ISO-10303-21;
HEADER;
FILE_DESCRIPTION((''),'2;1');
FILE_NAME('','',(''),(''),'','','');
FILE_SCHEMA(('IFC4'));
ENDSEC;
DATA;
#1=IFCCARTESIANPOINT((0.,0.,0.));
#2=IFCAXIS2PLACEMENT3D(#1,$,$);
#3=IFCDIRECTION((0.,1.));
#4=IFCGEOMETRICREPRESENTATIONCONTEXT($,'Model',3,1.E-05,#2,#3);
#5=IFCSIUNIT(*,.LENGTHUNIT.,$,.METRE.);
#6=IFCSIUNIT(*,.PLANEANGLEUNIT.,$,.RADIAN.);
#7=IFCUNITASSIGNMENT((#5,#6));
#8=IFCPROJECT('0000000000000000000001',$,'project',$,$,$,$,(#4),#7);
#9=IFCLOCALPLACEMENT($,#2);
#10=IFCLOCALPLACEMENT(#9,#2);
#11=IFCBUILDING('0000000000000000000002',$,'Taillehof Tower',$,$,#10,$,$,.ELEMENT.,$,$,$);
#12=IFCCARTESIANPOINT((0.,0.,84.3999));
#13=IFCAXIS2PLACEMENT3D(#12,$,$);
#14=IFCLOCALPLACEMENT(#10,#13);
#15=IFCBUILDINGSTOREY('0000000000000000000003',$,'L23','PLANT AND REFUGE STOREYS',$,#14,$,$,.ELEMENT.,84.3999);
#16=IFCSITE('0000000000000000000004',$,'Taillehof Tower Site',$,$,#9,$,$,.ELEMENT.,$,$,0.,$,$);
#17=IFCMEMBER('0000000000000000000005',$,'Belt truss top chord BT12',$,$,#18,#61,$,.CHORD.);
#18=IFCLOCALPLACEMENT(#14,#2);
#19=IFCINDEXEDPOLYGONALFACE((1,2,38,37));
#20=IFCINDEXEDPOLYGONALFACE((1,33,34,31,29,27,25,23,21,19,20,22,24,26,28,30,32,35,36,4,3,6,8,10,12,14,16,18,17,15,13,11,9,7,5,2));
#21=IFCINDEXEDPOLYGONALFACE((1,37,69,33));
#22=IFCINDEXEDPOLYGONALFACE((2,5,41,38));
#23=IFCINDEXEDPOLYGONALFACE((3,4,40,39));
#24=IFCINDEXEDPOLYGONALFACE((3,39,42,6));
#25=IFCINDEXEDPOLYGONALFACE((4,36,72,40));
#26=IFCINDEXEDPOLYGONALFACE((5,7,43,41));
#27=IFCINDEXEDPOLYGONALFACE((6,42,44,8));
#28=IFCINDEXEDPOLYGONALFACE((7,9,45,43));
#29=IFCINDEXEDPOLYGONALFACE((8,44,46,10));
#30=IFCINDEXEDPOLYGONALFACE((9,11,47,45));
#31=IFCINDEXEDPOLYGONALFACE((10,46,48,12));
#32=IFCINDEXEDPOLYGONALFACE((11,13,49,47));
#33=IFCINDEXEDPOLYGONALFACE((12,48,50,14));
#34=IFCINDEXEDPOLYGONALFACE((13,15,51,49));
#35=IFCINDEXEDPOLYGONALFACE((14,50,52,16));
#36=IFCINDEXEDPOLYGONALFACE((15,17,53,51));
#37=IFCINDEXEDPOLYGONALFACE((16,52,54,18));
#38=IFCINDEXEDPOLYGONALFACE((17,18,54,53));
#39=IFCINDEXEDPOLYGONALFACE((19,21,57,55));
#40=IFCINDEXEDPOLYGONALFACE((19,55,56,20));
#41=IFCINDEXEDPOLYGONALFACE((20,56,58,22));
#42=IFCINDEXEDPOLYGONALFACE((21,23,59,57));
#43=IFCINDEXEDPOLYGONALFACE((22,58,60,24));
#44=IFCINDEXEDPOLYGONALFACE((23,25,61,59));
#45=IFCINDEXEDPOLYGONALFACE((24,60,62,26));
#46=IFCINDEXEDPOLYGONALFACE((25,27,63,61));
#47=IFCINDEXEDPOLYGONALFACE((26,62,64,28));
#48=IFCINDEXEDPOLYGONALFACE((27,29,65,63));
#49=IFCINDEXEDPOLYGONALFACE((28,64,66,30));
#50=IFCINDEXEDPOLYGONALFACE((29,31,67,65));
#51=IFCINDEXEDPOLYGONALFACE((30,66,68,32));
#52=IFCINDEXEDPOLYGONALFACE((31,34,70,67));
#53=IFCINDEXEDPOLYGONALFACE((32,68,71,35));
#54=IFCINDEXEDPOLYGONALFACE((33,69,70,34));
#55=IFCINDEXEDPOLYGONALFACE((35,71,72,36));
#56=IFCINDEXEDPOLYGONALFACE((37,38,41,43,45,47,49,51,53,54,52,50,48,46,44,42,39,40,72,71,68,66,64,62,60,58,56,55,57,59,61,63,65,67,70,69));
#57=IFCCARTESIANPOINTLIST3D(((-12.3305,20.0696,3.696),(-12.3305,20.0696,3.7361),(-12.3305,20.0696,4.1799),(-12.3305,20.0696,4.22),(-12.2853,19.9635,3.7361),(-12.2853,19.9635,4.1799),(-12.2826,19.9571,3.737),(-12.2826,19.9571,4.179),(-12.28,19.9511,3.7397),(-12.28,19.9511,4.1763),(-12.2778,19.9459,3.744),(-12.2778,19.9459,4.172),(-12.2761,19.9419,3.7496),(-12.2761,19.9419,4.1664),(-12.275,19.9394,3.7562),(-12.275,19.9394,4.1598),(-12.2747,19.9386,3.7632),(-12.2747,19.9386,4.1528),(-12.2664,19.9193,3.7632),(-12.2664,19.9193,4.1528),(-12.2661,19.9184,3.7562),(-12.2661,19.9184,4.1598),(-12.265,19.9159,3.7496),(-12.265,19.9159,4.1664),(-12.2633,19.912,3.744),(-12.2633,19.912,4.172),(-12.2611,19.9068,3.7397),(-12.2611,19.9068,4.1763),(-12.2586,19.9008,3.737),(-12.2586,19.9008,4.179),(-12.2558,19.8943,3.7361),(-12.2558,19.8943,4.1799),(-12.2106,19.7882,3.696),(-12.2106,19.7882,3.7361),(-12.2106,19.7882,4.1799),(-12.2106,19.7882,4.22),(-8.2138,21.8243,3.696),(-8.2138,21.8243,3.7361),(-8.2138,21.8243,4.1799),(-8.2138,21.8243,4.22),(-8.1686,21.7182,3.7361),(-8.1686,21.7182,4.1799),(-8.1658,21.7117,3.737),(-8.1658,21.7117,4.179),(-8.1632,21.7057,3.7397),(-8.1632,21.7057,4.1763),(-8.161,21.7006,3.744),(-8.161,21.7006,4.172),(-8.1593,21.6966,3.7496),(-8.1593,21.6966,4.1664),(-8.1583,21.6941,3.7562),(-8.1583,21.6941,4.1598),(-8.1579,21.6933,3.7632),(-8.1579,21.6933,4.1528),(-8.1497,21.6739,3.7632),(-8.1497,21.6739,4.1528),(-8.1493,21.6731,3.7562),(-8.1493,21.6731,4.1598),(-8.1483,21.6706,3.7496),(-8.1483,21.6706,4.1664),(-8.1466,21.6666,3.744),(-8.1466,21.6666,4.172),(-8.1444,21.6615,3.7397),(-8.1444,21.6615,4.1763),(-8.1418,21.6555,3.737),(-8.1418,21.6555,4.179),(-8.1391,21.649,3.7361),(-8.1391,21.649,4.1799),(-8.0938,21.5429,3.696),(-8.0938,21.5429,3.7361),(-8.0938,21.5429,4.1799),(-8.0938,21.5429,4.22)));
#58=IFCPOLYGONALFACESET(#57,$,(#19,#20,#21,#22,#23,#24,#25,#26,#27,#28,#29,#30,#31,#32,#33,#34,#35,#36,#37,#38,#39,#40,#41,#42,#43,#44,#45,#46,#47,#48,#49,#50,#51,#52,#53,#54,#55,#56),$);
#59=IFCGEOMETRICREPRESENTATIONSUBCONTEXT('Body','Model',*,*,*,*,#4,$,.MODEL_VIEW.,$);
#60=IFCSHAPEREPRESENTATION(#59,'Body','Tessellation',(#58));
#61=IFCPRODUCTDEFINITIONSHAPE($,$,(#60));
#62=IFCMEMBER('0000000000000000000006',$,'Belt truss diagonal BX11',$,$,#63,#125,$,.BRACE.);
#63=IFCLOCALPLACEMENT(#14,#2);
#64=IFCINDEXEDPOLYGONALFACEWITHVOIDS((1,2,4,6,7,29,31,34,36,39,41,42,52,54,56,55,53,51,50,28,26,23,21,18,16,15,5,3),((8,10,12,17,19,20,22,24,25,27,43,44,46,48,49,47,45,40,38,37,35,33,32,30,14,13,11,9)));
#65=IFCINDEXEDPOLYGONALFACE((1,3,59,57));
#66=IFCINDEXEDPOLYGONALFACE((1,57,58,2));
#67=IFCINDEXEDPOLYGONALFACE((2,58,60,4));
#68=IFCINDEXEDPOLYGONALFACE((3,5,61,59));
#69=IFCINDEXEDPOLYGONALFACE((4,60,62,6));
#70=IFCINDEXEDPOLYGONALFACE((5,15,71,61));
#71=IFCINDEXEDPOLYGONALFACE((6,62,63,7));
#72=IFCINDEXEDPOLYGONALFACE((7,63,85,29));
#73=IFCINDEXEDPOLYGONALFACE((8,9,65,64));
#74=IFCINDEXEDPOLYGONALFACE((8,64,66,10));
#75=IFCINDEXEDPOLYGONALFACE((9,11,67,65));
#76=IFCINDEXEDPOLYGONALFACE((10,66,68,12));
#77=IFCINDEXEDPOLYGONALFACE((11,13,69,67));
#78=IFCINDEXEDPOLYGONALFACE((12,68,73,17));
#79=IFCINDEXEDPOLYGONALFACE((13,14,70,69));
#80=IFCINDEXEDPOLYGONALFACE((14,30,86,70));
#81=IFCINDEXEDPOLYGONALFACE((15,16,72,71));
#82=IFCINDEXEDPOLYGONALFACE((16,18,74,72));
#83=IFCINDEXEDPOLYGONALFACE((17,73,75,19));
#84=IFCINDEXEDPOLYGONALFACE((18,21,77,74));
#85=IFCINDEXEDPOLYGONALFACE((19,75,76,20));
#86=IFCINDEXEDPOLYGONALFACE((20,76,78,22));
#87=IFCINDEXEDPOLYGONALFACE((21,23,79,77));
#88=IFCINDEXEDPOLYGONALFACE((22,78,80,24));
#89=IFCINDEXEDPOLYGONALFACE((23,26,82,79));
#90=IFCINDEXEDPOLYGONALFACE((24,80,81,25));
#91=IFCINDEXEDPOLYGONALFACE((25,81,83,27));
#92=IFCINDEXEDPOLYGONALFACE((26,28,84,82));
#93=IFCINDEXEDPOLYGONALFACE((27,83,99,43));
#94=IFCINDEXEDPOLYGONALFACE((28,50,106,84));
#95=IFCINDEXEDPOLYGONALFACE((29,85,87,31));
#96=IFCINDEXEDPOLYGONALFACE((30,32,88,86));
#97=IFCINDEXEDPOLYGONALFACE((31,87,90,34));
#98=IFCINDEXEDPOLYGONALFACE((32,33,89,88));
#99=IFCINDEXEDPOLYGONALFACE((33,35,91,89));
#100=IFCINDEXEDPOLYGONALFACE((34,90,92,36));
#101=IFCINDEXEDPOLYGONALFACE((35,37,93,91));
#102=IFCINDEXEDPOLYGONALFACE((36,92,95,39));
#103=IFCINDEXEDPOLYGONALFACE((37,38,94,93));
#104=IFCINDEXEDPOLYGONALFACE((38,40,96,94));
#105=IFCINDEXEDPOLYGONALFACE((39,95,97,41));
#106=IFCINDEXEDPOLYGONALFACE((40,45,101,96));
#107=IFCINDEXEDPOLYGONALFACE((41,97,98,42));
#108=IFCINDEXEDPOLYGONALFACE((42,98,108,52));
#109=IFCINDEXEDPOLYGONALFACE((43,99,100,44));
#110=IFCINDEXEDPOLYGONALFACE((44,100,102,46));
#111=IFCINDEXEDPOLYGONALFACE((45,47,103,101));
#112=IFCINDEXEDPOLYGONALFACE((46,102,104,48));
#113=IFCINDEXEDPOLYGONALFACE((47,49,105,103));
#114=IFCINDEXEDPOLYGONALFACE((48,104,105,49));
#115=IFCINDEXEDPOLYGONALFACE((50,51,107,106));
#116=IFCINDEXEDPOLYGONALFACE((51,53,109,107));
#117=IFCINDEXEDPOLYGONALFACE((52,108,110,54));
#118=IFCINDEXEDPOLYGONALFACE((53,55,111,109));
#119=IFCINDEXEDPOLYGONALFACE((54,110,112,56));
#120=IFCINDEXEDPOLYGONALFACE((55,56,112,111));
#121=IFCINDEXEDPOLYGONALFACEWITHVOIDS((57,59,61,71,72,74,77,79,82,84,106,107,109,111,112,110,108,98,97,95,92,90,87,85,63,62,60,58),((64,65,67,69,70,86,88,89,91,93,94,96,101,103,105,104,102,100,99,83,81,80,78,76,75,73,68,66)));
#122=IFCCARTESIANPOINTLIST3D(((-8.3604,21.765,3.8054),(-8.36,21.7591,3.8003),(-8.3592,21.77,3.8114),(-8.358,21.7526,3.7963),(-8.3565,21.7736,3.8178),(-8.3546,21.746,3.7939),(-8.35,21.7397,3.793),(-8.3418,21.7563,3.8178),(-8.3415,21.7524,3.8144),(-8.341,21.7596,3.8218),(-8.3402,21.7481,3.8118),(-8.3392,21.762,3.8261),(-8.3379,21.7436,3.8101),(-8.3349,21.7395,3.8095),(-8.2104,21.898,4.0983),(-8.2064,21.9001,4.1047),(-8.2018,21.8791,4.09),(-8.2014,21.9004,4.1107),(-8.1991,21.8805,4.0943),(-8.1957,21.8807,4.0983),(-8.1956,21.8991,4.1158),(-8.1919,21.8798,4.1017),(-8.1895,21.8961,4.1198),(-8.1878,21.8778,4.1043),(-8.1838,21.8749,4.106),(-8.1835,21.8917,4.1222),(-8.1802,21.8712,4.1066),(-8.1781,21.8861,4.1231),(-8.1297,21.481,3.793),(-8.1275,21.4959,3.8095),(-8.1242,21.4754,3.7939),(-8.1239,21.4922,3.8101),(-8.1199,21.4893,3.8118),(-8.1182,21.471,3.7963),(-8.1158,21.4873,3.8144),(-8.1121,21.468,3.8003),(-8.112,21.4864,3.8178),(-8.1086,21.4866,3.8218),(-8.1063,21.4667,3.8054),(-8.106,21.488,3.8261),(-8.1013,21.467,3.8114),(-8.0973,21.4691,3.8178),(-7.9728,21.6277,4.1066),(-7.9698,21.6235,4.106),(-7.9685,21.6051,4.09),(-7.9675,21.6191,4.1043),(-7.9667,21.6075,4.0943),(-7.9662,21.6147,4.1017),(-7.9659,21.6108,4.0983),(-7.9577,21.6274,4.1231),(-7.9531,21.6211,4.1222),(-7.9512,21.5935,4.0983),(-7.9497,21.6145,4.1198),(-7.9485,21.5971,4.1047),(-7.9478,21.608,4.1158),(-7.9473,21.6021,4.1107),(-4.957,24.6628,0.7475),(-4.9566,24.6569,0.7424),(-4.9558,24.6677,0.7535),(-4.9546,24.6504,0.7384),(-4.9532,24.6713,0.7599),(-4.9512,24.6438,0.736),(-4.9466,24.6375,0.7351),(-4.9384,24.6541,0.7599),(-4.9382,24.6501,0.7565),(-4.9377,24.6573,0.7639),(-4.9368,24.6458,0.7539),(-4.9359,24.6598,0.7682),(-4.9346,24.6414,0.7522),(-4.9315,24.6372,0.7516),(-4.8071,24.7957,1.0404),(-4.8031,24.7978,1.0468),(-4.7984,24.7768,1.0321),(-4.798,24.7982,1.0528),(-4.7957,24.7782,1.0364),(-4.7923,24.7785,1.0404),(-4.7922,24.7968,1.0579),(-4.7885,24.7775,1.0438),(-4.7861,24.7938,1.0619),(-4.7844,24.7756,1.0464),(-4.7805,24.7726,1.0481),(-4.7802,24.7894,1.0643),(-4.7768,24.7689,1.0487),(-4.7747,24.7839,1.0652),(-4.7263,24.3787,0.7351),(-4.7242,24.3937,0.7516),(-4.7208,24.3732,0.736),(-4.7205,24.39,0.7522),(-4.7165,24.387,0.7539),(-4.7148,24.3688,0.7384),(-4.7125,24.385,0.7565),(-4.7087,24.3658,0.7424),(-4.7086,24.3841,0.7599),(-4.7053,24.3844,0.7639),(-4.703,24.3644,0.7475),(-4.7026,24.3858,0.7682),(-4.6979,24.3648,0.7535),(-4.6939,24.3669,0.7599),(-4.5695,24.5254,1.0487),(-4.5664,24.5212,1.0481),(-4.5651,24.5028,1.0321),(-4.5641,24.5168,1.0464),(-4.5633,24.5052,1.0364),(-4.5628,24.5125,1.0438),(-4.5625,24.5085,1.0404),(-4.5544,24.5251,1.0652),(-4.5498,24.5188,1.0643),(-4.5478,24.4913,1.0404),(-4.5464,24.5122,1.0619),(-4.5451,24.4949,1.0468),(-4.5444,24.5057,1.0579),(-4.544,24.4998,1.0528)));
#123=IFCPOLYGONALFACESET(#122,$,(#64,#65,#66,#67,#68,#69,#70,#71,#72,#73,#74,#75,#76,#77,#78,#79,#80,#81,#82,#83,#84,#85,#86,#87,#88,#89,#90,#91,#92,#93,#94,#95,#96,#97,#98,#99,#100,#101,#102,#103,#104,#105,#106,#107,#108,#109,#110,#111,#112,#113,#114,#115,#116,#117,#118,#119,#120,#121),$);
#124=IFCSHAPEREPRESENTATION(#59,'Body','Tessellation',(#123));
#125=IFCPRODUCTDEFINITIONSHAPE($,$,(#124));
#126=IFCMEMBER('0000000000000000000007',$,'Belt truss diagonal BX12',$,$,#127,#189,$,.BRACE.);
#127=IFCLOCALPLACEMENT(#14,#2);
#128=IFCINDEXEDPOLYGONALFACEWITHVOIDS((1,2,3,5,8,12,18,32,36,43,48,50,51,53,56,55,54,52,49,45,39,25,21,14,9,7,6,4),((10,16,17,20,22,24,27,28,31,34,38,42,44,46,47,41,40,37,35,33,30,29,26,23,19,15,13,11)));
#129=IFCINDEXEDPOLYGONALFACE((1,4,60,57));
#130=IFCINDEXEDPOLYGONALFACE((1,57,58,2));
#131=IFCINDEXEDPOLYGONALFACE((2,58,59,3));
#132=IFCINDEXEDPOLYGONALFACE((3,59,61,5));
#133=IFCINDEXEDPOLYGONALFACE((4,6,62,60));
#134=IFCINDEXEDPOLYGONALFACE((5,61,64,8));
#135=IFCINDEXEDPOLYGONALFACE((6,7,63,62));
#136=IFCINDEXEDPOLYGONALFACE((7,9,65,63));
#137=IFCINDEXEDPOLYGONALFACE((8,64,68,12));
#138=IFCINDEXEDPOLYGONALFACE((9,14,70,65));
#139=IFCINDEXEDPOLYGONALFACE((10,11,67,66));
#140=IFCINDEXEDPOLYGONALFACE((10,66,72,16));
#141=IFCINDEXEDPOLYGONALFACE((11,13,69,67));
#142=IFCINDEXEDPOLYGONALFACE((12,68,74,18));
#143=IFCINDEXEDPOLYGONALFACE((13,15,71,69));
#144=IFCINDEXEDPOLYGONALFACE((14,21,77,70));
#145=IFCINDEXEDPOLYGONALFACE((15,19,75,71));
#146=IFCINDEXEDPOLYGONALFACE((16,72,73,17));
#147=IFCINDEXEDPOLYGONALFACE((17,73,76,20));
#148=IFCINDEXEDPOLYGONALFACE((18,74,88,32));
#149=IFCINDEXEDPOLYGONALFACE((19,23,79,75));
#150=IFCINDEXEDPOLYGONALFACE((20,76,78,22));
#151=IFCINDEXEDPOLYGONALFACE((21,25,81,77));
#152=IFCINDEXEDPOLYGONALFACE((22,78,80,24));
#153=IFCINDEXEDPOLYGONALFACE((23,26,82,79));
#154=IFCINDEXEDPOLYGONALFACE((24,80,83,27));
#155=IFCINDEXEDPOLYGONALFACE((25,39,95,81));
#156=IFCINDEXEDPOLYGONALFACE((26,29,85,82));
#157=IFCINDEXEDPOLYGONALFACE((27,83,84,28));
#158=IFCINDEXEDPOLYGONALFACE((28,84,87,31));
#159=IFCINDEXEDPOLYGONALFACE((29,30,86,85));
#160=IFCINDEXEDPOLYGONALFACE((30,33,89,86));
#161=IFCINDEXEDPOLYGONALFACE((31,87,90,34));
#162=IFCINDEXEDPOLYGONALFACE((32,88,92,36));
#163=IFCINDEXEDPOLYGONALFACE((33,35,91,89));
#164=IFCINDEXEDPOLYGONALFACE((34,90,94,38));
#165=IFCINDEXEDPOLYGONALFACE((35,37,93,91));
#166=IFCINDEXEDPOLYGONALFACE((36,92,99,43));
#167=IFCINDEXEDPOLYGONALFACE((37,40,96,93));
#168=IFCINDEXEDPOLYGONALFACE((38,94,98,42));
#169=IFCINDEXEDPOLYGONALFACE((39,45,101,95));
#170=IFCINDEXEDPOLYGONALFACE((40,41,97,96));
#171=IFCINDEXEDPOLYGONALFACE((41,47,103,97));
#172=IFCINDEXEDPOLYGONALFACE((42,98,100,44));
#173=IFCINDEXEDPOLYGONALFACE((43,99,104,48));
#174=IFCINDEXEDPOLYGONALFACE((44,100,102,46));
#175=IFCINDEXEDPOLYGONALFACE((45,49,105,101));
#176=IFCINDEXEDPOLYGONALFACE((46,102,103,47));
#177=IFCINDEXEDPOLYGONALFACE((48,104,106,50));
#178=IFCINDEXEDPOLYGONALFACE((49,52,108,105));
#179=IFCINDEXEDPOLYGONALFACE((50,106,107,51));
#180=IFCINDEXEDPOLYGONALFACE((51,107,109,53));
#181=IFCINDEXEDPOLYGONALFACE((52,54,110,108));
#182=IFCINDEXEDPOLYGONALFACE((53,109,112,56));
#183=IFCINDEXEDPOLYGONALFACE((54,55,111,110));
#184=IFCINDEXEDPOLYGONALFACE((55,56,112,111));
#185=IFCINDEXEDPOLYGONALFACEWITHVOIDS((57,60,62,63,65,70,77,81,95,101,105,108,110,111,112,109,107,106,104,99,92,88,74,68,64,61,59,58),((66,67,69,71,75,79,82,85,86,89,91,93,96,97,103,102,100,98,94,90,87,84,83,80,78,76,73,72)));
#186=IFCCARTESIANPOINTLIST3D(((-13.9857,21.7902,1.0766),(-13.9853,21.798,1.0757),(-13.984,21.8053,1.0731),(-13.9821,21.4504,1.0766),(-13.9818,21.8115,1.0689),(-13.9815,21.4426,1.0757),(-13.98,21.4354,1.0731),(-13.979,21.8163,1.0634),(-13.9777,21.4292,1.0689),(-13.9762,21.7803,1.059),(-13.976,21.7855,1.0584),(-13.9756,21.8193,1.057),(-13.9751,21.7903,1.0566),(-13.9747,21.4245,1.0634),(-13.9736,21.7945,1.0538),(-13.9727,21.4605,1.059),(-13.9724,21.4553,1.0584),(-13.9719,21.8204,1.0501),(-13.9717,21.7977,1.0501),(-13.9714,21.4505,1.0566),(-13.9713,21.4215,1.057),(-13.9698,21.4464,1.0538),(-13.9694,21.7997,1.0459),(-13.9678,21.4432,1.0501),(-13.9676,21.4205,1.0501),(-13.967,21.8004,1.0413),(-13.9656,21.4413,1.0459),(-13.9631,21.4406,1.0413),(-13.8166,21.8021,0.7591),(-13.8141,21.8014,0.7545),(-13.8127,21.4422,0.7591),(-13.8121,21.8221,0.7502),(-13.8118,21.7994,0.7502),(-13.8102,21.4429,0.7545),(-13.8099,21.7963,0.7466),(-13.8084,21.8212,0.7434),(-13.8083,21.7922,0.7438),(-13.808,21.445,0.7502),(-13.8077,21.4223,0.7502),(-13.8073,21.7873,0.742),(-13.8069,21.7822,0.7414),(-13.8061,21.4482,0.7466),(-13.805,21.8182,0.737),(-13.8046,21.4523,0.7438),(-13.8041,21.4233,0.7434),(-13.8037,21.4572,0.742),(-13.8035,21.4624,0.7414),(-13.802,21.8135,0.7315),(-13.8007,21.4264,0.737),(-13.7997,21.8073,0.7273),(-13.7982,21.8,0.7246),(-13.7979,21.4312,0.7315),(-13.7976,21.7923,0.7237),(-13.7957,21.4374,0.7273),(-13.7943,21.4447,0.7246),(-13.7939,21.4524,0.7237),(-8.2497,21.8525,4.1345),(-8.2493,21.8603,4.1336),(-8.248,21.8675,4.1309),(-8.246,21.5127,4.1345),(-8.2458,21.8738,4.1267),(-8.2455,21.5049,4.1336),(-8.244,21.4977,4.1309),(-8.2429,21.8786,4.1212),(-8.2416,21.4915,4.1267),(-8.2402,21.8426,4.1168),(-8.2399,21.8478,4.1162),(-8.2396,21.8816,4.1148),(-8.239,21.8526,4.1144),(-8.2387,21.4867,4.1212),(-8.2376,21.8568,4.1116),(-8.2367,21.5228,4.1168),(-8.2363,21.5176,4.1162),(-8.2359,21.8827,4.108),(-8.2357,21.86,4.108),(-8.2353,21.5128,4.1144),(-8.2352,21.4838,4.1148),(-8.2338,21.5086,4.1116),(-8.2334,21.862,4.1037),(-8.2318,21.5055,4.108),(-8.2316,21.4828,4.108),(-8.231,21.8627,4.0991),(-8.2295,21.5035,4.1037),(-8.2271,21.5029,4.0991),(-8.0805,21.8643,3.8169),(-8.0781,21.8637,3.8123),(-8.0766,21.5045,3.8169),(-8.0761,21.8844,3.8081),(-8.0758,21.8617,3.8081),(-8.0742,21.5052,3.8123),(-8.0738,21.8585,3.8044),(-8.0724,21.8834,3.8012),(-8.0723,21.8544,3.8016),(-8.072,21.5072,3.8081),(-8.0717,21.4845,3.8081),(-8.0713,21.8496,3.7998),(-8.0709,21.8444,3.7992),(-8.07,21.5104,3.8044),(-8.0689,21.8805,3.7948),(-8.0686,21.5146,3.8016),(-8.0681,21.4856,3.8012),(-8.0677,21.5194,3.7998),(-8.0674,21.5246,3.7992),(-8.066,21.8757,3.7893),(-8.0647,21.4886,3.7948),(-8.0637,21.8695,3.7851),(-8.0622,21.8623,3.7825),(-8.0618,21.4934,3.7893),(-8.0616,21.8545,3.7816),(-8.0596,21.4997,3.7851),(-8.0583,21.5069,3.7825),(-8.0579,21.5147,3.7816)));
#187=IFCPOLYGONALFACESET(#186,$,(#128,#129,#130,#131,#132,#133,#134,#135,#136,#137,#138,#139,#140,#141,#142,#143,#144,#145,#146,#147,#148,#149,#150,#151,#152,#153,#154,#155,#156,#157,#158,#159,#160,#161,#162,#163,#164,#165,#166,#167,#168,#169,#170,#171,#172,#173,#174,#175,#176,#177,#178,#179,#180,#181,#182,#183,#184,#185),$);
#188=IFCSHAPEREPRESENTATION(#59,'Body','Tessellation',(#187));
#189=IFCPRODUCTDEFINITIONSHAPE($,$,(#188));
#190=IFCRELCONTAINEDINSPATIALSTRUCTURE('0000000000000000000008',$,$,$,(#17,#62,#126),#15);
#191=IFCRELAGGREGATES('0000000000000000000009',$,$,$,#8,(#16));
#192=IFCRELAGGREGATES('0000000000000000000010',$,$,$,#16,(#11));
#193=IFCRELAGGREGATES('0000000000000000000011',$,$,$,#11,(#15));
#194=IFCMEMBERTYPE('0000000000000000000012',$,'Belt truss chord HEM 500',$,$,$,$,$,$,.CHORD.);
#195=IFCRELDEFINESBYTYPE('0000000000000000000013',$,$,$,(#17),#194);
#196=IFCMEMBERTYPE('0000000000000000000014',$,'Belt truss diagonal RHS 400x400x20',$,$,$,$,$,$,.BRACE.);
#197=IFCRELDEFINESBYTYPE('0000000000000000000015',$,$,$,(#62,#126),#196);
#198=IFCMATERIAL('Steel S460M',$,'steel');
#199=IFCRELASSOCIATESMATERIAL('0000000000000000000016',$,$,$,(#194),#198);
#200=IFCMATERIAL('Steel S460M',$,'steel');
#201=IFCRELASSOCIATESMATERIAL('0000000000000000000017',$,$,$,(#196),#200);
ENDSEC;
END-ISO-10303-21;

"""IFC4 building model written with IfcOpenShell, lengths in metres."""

from ifc_helpers import new_model, si_unit, direction, frame, origin, origin_2d, place, context, subcontext, project, spatial, hollow_rectangle, i_section, extrude, material, material_profile, profile_set, type_object, element, save


model = new_model("IFC4")

# Units and contexts
model_context = context("Model", 3, precision=1e-05, world=origin(), true_north=direction((0.0, 1.0)))
body_context = subcontext(model_context, "Body", "Model", "MODEL_VIEW")
ifc_project = project(units=[si_unit("LENGTHUNIT", "METRE"), si_unit("PLANEANGLEUNIT", "RADIAN")], contexts=[model_context])

# Site, building, storey
site_placement = place(None, origin())
site = spatial("IfcSite", under=ifc_project, at=site_placement, Name="Taillehof Tower Site", CompositionType="ELEMENT", RefElevation=0.0)
building_placement = place(site_placement, origin())
building = spatial("IfcBuilding", under=site, at=building_placement, Name="Taillehof Tower", CompositionType="ELEMENT")
storey_placement = place(building_placement, frame((0.0, 0.0, 84.3999)))
storey = spatial("IfcBuildingStorey", under=building, at=storey_placement, Name="L23", Description="PLANT AND REFUGE STOREYS", CompositionType="ELEMENT", Elevation=84.3999)

# Members
ifc_material_1 = material(Name="Steel S460M", Category="steel")
ifc_material_profile_1 = material_profile(ifc_material_1, i_section(OverallWidth=0.3059, OverallDepth=0.5239, WebThickness=0.021, FlangeThickness=0.04, FilletRadius=0.0271, at=origin_2d()), Name="HEM 500")
ifc_profile_set_1 = profile_set([ifc_material_profile_1], Name="Steel S460M")
member_type_1 = type_object("IfcMemberType", Name="Belt truss chord HEM 500", PredefinedType="CHORD", material=ifc_profile_set_1)
member_1_placement = place(storey_placement, frame((-8.1538, 21.6836, 3.958), z_axis=(-0.919925, -0.392095, 0.0), x_axis=(0.392095, -0.919925, 0.0)))
element("IfcMember", 1, at=member_1_placement, inside=storey, type_object=member_type_1, Name="Belt truss top chord BT12", PredefinedType="CHORD", context=body_context, shape_type="SweptSolid", body=[
    extrude(i_section(OverallWidth=0.3059, OverallDepth=0.5239, WebThickness=0.021, FlangeThickness=0.04, FilletRadius=0.0271, at=origin_2d()), origin(), (0.0, 0.0, 1.0), 4.4751),
])
ifc_material_2 = material(Name="Steel S460M", Category="steel")
ifc_material_profile_2 = material_profile(ifc_material_2, hollow_rectangle(XDim=0.3999, YDim=0.3999, WallThickness=0.02, InnerFilletRadius=0.02, OuterFilletRadius=0.03, at=origin_2d()), Name="RHS 400x400x20")
ifc_profile_set_2 = profile_set([ifc_material_profile_2], Name="Steel S460M")
member_type_2 = type_object("IfcMemberType", Name="Belt truss diagonal RHS 400x400x20", PredefinedType="BRACE", material=ifc_profile_set_2)
member_2_placement = place(storey_placement, frame((-4.7505, 24.5813, 0.9001), z_axis=(-0.628418, -0.535056, 0.564629), x_axis=(0.648282, -0.7614, 0.0)))
element("IfcMember", 2, at=member_2_placement, inside=storey, type_object=member_type_2, Name="Belt truss diagonal BX11", PredefinedType="BRACE", context=body_context, shape_type="SweptSolid", body=[
    extrude(hollow_rectangle(XDim=0.3999, YDim=0.3999, WallThickness=0.02, InnerFilletRadius=0.02, OuterFilletRadius=0.03, at=origin_2d()), origin(), (0.0, 0.0, 1.0), 5.4158),
])
member_3_placement = place(storey_placement, frame((-8.1538, 21.6836, 3.958), z_axis=(-0.882401, -0.009577, -0.470401), x_axis=(0.010853, -0.999941, 0.0)))
element("IfcMember", 3, at=member_3_placement, inside=storey, type_object=member_type_2, Name="Belt truss diagonal BX12", PredefinedType="BRACE", context=body_context, shape_type="SweptSolid", body=[
    extrude(hollow_rectangle(XDim=0.3999, YDim=0.3999, WallThickness=0.02, InnerFilletRadius=0.02, OuterFilletRadius=0.03, at=origin_2d()), origin(), (0.0, 0.0, 1.0), 6.5005),
])

save(model, "model.ifc")
